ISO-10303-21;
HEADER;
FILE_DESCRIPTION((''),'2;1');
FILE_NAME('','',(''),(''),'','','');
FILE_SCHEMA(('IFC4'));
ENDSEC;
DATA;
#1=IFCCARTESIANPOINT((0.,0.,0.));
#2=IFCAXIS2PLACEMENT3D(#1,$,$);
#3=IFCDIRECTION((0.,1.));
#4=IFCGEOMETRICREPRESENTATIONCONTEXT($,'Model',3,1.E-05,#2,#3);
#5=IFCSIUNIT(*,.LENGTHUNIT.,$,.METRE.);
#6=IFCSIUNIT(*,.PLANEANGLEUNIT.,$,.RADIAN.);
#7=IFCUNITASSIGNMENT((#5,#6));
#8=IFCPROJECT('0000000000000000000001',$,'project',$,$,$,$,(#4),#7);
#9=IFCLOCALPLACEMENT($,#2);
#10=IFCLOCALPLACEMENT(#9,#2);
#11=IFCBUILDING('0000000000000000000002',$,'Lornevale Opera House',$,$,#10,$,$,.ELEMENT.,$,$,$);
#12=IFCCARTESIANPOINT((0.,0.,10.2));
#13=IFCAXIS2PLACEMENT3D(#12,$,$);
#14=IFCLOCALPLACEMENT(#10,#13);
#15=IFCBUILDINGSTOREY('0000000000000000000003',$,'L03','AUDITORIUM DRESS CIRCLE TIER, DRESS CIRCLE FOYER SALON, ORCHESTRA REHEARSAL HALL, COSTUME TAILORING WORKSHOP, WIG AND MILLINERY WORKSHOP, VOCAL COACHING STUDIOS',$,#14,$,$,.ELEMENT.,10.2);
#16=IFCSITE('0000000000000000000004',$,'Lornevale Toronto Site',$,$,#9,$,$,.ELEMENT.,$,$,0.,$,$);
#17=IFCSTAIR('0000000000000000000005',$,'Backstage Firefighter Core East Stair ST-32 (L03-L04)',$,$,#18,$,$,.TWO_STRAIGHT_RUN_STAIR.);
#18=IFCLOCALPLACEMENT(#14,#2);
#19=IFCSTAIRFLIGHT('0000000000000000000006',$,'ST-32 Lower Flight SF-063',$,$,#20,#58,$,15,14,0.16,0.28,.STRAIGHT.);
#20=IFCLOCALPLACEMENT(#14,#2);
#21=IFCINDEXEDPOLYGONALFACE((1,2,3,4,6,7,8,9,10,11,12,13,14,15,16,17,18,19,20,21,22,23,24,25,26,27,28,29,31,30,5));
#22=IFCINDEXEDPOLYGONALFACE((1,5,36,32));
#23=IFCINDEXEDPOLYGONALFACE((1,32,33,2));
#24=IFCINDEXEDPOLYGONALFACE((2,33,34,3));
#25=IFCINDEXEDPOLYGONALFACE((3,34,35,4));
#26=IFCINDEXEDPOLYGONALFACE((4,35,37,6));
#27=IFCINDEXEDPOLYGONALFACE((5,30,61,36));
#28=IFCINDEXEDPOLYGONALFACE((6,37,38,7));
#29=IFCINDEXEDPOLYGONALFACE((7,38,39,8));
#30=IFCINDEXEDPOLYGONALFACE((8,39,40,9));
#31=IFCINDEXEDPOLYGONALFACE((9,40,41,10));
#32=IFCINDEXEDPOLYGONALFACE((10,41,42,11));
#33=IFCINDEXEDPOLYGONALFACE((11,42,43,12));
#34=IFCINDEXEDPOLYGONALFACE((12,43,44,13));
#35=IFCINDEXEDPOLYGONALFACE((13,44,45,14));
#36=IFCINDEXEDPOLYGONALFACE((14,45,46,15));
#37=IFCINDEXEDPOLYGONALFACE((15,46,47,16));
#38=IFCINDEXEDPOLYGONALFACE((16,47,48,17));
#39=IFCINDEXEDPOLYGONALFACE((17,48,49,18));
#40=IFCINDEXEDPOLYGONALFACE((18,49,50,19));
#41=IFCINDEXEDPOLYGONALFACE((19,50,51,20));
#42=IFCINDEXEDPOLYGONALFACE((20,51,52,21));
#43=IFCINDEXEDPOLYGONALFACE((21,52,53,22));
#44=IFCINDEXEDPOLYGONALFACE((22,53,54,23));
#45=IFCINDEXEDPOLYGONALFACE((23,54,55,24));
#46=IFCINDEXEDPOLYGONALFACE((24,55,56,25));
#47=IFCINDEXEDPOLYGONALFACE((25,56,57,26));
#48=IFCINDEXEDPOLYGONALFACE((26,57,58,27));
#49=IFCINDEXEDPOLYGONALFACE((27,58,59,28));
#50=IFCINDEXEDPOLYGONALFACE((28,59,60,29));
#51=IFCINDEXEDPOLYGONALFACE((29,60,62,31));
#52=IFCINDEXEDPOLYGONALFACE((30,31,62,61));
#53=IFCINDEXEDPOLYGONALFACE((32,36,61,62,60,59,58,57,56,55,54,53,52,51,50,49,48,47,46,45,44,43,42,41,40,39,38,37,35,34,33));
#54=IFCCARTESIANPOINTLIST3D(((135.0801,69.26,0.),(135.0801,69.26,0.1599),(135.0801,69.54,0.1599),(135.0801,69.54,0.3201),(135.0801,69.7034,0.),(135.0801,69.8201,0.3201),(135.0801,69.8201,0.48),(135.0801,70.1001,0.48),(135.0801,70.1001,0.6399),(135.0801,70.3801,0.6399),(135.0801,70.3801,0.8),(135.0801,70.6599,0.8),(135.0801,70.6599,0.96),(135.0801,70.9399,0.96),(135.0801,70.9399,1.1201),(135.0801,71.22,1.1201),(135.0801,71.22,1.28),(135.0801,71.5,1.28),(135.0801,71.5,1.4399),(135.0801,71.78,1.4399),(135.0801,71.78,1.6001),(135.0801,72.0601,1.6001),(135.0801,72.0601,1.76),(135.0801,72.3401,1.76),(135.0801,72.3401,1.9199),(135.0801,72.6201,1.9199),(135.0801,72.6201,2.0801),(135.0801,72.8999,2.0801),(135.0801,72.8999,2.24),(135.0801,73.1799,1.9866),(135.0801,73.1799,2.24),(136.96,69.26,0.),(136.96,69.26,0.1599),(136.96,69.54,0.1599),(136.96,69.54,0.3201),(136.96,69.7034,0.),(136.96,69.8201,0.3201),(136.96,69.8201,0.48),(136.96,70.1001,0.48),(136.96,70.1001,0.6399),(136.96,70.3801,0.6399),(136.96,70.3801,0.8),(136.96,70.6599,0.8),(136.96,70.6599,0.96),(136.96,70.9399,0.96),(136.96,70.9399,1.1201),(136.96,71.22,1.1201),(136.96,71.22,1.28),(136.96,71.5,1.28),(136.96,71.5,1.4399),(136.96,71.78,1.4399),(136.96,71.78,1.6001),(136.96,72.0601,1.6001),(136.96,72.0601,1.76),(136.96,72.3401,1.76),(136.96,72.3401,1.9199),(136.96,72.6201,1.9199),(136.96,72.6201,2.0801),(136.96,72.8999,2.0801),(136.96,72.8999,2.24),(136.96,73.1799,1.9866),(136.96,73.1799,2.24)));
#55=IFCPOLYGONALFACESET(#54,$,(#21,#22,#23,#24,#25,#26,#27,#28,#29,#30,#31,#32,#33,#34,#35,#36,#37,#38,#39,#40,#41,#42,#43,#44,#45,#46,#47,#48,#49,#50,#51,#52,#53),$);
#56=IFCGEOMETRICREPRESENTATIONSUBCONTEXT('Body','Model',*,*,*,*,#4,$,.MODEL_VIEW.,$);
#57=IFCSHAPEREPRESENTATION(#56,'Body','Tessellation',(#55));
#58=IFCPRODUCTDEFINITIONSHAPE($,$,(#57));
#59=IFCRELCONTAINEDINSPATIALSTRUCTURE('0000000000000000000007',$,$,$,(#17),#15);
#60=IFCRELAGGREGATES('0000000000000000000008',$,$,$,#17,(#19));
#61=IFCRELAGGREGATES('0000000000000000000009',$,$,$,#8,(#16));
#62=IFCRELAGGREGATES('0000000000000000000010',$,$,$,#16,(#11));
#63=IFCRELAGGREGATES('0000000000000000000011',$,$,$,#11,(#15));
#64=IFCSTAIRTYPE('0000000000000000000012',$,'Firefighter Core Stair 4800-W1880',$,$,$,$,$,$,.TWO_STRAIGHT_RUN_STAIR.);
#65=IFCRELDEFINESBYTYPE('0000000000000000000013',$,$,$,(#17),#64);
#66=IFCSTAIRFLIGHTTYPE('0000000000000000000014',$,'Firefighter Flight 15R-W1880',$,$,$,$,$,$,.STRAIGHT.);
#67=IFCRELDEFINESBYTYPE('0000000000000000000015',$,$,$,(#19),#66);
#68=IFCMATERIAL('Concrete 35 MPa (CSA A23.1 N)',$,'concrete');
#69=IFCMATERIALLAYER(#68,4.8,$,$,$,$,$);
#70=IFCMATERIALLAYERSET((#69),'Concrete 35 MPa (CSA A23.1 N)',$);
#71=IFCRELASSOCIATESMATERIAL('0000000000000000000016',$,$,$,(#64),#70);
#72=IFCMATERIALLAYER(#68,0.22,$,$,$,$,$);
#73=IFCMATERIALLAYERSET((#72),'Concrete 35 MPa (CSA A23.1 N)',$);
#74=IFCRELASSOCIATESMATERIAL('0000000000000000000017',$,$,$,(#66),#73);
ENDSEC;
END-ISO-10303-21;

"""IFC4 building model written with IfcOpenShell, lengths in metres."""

from ifc_helpers import new_model, si_unit, direction, frame, origin, place, context, subcontext, project, spatial, polyline, outline, extrude, material, layer, layer_set, type_object, element, aggregate, save


model = new_model("IFC4")

# Units and contexts
model_context = context("Model", 3, precision=1e-05, world=origin(), true_north=direction((0.0, 1.0)))
body_context = subcontext(model_context, "Body", "Model", "MODEL_VIEW")
ifc_project = project(units=[si_unit("LENGTHUNIT", "METRE"), si_unit("PLANEANGLEUNIT", "RADIAN")], contexts=[model_context])

# Site, building, storey
site_placement = place(None, origin())
site = spatial("IfcSite", under=ifc_project, at=site_placement, Name="Lornevale Toronto Site", CompositionType="ELEMENT", RefElevation=0.0)
building_placement = place(site_placement, origin())
building = spatial("IfcBuilding", under=site, at=building_placement, Name="Lornevale Opera House", CompositionType="ELEMENT")
storey_placement = place(building_placement, frame((0.0, 0.0, 10.2)))
storey = spatial("IfcBuildingStorey", under=building, at=storey_placement, Name="L03", Description="AUDITORIUM DRESS CIRCLE TIER, DRESS CIRCLE FOYER SALON, ORCHESTRA REHEARSAL HALL, COSTUME TAILORING WORKSHOP, WIG AND MILLINERY WORKSHOP, VOCAL COACHING STUDIOS", CompositionType="ELEMENT", Elevation=10.2)

# Shared definitions
ifc_material_1 = material(Name="Concrete 35 MPa (CSA A23.1 N)", Category="concrete")

# Stair, stair flight
ifc_layer_1 = layer(ifc_material_1, 4.8)
ifc_layer_set_1 = layer_set([ifc_layer_1], Name="Concrete 35 MPa (CSA A23.1 N)")
stair_type = type_object("IfcStairType", Name="Firefighter Core Stair 4800-W1880", PredefinedType="TWO_STRAIGHT_RUN_STAIR", material=ifc_layer_set_1)
stair_placement = place(storey_placement, origin())
stair = element("IfcStair", 1, at=stair_placement, inside=storey, type_object=stair_type, Name="Backstage Firefighter Core East Stair ST-32 (L03-L04)", PredefinedType="TWO_STRAIGHT_RUN_STAIR")
ifc_layer_2 = layer(ifc_material_1, 0.22)
ifc_layer_set_2 = layer_set([ifc_layer_2], Name="Concrete 35 MPa (CSA A23.1 N)")
stair_flight_type = type_object("IfcStairFlightType", Name="Firefighter Flight 15R-W1880", PredefinedType="STRAIGHT", material=ifc_layer_set_2)
stair_flight_placement = place(storey_placement, frame((136.02, 69.26, 0.0), z_axis=(0.0, 0.0, 1.0), x_axis=(0.0, 1.0, 0.0)))
stair_flight = element("IfcStairFlight", 2, at=stair_flight_placement, type_object=stair_flight_type, Name="ST-32 Lower Flight SF-063", NumberOfRisers=15, NumberOfTreads=14, PredefinedType="STRAIGHT", RiserHeight=0.16, TreadLength=0.28, context=body_context, shape_type="SweptSolid", body=[
    extrude(outline(polyline([(0.0, 0.0), (0.0, 0.1599), (0.28, 0.1599), (0.28, 0.3201), (0.5601, 0.3201), (0.5601, 0.48), (0.8401, 0.48), (0.8401, 0.6399), (1.1201, 0.6399), (1.1201, 0.8), (1.3999, 0.8), (1.3999, 0.96), (1.6799, 0.96), (1.6799, 1.1201), (1.96, 1.1201), (1.96, 1.28), (2.24, 1.28), (2.24, 1.4399), (2.52, 1.4399), (2.52, 1.6001), (2.8, 1.6001), (2.8, 1.76), (3.0801, 1.76), (3.0801, 1.9199), (3.3601, 1.9199), (3.3601, 2.0801), (3.6399, 2.0801), (3.6399, 2.24), (3.9199, 2.24), (3.9199, 1.9866), (0.4434, 0.0), (0.0, 0.0)])), frame((0.0, 0.9399, 0.0), z_axis=(0.0, -1.0, 0.0), x_axis=(1.0, 0.0, 0.0)), (0.0, 0.0, 1.0), 1.8799),
])
aggregate(stair, [stair_flight])

save(model, "model.ifc")
